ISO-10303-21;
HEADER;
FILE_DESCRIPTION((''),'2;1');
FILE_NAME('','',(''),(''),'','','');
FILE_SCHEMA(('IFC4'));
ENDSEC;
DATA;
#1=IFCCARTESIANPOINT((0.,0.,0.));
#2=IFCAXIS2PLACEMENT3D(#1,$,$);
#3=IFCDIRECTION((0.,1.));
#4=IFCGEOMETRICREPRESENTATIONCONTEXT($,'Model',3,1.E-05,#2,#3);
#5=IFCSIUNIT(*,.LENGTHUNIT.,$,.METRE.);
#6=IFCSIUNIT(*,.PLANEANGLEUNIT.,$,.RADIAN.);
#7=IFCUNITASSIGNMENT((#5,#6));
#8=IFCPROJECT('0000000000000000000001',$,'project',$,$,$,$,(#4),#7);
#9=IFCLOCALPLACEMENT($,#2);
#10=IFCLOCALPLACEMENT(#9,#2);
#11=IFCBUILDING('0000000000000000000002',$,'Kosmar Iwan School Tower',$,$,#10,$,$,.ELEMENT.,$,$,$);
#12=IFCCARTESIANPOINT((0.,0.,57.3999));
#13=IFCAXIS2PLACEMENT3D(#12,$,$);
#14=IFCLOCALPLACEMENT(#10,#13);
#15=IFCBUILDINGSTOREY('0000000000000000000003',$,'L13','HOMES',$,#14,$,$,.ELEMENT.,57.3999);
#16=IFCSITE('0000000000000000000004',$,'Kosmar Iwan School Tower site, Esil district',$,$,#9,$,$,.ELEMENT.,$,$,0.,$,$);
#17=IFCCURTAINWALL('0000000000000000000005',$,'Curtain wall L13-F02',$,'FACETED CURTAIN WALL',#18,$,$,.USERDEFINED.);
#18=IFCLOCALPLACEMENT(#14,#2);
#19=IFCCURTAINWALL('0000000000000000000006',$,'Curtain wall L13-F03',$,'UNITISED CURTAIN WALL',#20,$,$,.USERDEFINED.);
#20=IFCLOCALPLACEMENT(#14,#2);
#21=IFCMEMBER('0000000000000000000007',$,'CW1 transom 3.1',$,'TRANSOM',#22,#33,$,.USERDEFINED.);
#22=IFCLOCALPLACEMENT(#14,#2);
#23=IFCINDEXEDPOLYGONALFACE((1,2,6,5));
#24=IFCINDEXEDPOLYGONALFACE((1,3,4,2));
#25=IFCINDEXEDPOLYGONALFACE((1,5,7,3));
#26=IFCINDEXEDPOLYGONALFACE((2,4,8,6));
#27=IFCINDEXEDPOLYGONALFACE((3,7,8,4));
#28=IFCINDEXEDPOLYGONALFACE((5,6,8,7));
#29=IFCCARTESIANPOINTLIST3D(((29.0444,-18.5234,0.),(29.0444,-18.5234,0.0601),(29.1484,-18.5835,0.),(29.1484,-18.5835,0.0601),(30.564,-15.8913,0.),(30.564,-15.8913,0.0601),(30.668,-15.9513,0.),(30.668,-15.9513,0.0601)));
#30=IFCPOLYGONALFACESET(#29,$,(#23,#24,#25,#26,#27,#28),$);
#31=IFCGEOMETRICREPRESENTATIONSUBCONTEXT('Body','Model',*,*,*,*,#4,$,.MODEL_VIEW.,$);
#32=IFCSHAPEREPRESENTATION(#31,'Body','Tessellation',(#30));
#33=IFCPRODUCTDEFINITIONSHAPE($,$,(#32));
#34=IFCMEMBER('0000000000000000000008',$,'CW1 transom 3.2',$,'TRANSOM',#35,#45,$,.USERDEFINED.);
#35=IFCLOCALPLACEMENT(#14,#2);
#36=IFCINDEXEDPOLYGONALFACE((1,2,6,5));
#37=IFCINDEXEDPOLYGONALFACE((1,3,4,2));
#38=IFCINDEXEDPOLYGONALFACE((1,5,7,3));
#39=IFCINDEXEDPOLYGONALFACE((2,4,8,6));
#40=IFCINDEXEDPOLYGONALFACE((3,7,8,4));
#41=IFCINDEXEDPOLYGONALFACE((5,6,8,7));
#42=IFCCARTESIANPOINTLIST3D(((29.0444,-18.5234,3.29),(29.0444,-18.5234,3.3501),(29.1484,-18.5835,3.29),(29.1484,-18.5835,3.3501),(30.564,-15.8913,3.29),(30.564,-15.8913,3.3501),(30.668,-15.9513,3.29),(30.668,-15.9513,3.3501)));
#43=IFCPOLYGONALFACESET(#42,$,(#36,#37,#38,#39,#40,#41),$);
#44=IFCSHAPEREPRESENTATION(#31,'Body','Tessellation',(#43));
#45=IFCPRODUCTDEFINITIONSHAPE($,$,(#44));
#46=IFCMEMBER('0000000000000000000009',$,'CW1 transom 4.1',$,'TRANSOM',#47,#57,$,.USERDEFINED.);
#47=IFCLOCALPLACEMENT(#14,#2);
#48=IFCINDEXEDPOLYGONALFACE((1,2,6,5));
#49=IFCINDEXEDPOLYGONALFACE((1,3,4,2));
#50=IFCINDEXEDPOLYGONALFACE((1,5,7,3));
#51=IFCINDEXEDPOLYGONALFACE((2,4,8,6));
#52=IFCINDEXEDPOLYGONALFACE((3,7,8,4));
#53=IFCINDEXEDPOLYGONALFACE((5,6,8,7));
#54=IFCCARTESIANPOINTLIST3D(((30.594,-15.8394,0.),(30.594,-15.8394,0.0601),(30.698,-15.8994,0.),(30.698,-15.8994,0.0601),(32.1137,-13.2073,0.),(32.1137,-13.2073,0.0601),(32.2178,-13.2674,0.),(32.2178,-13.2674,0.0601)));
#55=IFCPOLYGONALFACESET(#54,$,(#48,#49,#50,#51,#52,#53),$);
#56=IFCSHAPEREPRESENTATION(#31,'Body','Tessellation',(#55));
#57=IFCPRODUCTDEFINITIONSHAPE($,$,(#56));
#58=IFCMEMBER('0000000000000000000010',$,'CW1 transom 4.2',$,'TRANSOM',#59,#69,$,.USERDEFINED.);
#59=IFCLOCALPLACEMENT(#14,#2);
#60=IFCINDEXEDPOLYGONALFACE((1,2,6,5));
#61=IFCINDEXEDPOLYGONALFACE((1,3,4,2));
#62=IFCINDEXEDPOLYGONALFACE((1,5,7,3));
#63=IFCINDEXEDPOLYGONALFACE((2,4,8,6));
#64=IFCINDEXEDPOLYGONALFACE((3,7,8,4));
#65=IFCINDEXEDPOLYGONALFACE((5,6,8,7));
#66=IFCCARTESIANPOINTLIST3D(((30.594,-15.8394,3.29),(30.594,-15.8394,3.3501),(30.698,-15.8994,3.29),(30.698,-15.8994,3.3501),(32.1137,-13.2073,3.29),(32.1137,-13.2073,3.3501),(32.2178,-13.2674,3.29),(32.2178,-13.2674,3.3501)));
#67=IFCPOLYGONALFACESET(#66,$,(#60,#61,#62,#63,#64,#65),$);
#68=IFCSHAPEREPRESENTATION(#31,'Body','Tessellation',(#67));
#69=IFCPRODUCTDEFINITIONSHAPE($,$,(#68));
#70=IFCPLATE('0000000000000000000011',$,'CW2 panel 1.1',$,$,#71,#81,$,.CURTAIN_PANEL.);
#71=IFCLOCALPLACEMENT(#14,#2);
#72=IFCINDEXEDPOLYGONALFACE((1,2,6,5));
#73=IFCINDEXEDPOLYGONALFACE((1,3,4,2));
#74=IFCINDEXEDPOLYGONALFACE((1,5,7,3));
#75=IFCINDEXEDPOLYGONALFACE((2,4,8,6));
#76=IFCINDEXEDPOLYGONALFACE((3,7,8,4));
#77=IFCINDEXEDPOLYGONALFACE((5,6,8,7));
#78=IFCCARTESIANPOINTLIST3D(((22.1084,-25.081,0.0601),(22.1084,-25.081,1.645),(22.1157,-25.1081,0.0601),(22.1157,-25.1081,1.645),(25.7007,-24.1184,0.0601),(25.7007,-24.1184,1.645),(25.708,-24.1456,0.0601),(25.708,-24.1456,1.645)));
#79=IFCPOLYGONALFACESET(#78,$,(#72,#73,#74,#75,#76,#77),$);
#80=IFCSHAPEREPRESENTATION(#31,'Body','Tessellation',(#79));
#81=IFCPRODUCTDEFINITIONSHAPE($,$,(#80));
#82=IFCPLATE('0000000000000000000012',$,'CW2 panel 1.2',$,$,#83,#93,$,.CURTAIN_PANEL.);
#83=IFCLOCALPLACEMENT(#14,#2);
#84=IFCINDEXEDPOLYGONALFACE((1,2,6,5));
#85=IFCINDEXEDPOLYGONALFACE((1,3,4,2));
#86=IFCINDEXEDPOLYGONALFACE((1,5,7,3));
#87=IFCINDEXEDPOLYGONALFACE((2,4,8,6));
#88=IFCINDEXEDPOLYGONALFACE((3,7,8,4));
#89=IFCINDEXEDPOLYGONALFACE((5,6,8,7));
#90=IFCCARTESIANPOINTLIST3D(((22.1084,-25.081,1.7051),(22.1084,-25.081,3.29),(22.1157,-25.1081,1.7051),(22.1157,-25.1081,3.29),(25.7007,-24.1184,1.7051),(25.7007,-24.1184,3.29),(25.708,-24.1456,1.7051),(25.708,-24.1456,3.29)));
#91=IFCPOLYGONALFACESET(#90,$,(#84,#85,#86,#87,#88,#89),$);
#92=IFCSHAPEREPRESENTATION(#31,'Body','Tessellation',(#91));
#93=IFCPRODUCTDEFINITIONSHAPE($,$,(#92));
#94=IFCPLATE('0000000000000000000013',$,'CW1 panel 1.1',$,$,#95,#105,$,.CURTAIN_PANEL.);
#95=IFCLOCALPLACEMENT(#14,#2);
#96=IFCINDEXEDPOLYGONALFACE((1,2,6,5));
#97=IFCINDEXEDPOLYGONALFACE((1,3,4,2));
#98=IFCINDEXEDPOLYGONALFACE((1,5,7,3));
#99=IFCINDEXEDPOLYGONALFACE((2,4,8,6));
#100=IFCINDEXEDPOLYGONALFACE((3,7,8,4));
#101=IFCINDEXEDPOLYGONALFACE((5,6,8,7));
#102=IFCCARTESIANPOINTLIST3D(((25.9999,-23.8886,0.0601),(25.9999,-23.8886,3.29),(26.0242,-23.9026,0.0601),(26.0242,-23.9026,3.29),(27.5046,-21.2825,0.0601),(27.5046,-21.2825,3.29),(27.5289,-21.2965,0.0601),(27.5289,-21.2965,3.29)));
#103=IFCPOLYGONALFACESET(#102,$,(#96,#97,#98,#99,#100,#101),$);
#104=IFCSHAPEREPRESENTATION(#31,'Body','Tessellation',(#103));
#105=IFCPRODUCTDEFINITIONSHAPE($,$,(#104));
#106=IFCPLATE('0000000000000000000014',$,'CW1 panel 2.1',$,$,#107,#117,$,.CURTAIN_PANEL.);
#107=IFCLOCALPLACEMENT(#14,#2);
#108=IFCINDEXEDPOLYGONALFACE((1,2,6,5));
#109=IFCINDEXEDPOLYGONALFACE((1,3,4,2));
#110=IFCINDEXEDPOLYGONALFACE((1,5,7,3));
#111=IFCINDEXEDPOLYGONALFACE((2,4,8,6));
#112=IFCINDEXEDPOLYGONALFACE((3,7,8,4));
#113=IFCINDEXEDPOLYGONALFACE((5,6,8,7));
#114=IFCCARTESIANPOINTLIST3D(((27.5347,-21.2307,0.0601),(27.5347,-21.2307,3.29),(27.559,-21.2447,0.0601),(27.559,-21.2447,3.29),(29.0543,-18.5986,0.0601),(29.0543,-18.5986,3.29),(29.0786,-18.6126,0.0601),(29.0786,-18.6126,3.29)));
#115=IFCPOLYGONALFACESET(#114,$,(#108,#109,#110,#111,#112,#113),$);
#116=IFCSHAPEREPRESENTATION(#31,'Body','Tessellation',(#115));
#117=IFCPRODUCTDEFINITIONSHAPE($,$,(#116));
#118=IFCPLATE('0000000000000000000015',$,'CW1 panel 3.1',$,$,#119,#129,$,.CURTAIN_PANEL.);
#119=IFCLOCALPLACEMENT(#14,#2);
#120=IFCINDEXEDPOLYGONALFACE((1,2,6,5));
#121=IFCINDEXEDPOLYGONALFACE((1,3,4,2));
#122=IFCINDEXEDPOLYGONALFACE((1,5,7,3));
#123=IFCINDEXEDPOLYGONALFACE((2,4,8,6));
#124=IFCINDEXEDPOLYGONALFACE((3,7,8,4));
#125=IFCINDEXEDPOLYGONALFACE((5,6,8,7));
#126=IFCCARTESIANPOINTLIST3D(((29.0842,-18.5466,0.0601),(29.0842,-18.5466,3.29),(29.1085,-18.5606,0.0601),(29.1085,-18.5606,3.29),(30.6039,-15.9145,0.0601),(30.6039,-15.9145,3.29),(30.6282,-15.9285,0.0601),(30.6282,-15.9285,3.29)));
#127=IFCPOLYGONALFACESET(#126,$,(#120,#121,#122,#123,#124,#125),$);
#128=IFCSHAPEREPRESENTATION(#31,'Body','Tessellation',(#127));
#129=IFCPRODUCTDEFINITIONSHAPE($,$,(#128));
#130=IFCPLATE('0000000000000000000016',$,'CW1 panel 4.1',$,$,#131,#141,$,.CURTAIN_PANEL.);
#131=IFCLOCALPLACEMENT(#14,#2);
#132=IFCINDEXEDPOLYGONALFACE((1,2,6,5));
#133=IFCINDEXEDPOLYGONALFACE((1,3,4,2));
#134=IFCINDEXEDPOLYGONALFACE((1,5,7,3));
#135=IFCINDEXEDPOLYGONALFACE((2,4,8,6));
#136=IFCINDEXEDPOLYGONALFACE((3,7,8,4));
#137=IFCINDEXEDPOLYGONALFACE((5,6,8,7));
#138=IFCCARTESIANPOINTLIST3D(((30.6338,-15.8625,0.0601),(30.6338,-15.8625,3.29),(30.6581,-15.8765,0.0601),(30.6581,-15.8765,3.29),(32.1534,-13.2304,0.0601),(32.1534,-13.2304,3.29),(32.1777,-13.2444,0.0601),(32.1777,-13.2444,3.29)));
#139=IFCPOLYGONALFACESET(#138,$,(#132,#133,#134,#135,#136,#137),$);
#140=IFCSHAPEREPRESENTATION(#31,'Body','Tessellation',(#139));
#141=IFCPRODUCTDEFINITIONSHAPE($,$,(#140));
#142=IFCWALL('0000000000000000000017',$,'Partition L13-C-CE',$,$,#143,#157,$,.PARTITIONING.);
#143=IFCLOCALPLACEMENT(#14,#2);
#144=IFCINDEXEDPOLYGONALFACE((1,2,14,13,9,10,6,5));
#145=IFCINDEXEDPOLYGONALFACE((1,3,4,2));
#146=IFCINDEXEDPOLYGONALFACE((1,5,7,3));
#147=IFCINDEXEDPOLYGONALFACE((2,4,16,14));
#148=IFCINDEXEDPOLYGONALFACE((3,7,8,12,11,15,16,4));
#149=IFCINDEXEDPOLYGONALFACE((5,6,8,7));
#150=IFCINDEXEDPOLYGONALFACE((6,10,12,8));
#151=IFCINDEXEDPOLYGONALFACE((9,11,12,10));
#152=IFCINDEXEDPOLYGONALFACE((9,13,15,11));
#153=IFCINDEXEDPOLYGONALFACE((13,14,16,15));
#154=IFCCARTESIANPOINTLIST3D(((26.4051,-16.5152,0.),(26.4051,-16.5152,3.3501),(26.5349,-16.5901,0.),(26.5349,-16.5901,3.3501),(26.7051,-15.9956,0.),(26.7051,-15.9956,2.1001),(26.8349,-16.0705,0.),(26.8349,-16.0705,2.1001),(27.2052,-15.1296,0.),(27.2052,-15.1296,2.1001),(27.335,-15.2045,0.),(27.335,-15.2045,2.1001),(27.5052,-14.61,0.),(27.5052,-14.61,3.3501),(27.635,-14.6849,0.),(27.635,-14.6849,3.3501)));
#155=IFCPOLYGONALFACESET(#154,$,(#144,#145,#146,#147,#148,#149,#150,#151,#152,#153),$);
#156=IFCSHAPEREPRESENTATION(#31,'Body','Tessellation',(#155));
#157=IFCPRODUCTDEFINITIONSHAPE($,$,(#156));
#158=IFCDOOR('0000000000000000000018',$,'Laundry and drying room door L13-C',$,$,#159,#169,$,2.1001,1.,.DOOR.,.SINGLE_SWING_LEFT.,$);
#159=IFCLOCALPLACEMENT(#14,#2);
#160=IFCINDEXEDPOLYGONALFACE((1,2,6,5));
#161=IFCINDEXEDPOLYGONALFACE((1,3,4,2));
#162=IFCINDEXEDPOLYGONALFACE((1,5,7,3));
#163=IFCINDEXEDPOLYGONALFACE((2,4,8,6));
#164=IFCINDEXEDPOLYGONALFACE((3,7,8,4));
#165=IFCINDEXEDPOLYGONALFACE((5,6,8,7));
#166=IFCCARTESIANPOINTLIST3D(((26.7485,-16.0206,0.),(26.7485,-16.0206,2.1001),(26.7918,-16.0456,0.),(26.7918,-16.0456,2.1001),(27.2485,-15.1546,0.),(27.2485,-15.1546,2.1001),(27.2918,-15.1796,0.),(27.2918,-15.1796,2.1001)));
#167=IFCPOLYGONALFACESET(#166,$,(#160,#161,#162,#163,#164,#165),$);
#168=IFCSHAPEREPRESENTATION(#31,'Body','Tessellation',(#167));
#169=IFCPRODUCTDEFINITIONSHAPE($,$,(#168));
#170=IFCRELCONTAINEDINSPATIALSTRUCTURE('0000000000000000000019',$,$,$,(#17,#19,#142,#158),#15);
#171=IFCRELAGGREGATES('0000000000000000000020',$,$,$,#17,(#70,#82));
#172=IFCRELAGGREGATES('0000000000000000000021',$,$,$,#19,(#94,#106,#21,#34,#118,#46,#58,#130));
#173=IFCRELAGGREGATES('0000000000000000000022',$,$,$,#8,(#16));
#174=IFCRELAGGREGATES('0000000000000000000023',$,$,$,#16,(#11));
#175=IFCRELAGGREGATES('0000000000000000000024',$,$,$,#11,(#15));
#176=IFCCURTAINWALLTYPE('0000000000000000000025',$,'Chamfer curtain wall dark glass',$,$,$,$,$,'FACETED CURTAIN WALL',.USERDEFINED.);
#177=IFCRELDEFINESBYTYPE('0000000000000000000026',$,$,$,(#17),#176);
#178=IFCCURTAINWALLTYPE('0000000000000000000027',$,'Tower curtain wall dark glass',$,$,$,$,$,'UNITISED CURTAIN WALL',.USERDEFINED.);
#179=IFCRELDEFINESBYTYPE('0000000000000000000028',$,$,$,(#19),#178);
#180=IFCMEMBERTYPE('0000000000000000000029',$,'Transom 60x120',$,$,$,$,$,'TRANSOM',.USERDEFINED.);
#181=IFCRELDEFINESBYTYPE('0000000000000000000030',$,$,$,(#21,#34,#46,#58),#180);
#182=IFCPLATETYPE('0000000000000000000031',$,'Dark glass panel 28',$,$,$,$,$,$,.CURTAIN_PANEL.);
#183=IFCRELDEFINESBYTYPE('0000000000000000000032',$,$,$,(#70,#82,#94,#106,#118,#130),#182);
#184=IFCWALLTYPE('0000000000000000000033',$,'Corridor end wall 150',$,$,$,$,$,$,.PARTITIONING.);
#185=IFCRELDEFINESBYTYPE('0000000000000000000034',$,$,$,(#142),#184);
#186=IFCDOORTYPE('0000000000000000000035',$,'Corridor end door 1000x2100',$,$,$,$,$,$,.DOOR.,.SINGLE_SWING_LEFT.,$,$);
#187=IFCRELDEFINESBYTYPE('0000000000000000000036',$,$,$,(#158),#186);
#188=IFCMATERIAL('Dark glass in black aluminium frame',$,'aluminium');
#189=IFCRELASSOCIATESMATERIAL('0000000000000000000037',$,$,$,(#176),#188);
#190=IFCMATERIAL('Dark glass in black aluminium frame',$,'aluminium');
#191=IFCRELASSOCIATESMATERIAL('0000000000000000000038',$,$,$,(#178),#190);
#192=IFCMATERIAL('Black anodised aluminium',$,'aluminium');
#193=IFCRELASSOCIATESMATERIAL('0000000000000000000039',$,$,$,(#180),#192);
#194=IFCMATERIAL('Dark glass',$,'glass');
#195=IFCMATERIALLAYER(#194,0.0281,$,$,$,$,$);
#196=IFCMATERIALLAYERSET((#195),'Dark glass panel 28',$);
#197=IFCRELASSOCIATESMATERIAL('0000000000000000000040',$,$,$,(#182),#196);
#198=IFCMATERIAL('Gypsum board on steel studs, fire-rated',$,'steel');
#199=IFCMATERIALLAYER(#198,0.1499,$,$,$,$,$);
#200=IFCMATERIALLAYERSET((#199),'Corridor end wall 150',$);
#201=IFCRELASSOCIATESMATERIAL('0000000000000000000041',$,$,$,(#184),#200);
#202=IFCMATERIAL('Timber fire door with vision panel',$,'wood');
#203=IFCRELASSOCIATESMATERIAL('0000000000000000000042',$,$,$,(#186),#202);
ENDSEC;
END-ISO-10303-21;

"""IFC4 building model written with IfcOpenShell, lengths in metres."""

from ifc_helpers import new_model, si_unit, direction, frame, frame_2d, origin, origin_2d, place, context, subcontext, project, spatial, rectangle, extrude, material, layer, layer_set, material_profile, profile_set, type_object, element, fill, aggregate, save


model = new_model("IFC4")

# Units and contexts
model_context = context("Model", 3, precision=1e-05, world=origin(), true_north=direction((0.0, 1.0)))
body_context = subcontext(model_context, "Body", "Model", "MODEL_VIEW")
ifc_project = project(units=[si_unit("LENGTHUNIT", "METRE"), si_unit("PLANEANGLEUNIT", "RADIAN")], contexts=[model_context])

# Site, building, storey
site_placement = place(None, origin())
site = spatial("IfcSite", under=ifc_project, at=site_placement, Name="Kosmar Iwan School Tower site, Esil district", CompositionType="ELEMENT", RefElevation=0.0)
building_placement = place(site_placement, origin())
building = spatial("IfcBuilding", under=site, at=building_placement, Name="Kosmar Iwan School Tower", CompositionType="ELEMENT")
storey_placement = place(building_placement, frame((0.0, 0.0, 57.3999)))
storey = spatial("IfcBuildingStorey", under=building, at=storey_placement, Name="L13", Description="HOMES", CompositionType="ELEMENT", Elevation=57.3999)

# Curtain wall
ifc_material_1 = material(Name="Dark glass in black aluminium frame", Category="aluminium")
curtain_wall_type_1 = type_object("IfcCurtainWallType", Name="Chamfer curtain wall dark glass", ElementType="FACETED CURTAIN WALL", PredefinedType="USERDEFINED", material=ifc_material_1)
curtain_wall_1_placement = place(storey_placement, origin())
curtain_wall_1 = element("IfcCurtainWall", 1, at=curtain_wall_1_placement, inside=storey, type_object=curtain_wall_type_1, Name="Curtain wall L13-F02", ObjectType="FACETED CURTAIN WALL", PredefinedType="USERDEFINED")

# Curtain wall
ifc_material_2 = material(Name="Dark glass in black aluminium frame", Category="aluminium")
curtain_wall_type_2 = type_object("IfcCurtainWallType", Name="Tower curtain wall dark glass", ElementType="UNITISED CURTAIN WALL", PredefinedType="USERDEFINED", material=ifc_material_2)
curtain_wall_2_placement = place(storey_placement, origin())
curtain_wall_2 = element("IfcCurtainWall", 2, at=curtain_wall_2_placement, inside=storey, type_object=curtain_wall_type_2, Name="Curtain wall L13-F03", ObjectType="UNITISED CURTAIN WALL", PredefinedType="USERDEFINED")

# Members
ifc_material_3 = material(Name="Black anodised aluminium", Category="aluminium")
ifc_material_profile_1 = material_profile(ifc_material_3, rectangle(XDim=0.1201, YDim=0.0601, at=origin_2d()), Name="TRANSOM 60x120")
ifc_profile_set_1 = profile_set([ifc_material_profile_1], Name="Black anodised aluminium")
member_type_1 = type_object("IfcMemberType", Name="Transom 60x120", ElementType="TRANSOM", PredefinedType="USERDEFINED", material=ifc_profile_set_1)
member_1_placement = place(storey_placement, frame((29.0964, -18.5535, 0.03), z_axis=(0.499975, 0.86604, 0.0), x_axis=(-0.86604, 0.499975, 0.0)))
member_1 = element("IfcMember", 3, at=member_1_placement, type_object=member_type_1, Name="CW1 transom 3.1", ObjectType="TRANSOM", PredefinedType="USERDEFINED", context=body_context, shape_type="SweptSolid", body=[
    extrude(rectangle(XDim=0.1201, YDim=0.0601, at=origin_2d()), origin(), (0.0, 0.0, 1.0), 3.0393),
])
member_2_placement = place(storey_placement, frame((29.0964, -18.5535, 3.3201), z_axis=(0.499975, 0.86604, 0.0), x_axis=(-0.86604, 0.499975, 0.0)))
member_2 = element("IfcMember", 4, at=member_2_placement, type_object=member_type_1, Name="CW1 transom 3.2", ObjectType="TRANSOM", PredefinedType="USERDEFINED", context=body_context, shape_type="SweptSolid", body=[
    extrude(rectangle(XDim=0.1201, YDim=0.0601, at=origin_2d()), origin(), (0.0, 0.0, 1.0), 3.0393),
])
member_3_placement = place(storey_placement, frame((30.646, -15.8694, 0.03), z_axis=(0.500035, 0.866005, 0.0), x_axis=(-0.866005, 0.500035, 0.0)))
member_3 = element("IfcMember", 5, at=member_3_placement, type_object=member_type_1, Name="CW1 transom 4.1", ObjectType="TRANSOM", PredefinedType="USERDEFINED", context=body_context, shape_type="SweptSolid", body=[
    extrude(rectangle(XDim=0.1201, YDim=0.0601, at=origin_2d()), origin(), (0.0, 0.0, 1.0), 3.0393),
])
member_4_placement = place(storey_placement, frame((30.646, -15.8694, 3.3201), z_axis=(0.500035, 0.866005, 0.0), x_axis=(-0.866005, 0.500035, 0.0)))
member_4 = element("IfcMember", 6, at=member_4_placement, type_object=member_type_1, Name="CW1 transom 4.2", ObjectType="TRANSOM", PredefinedType="USERDEFINED", context=body_context, shape_type="SweptSolid", body=[
    extrude(rectangle(XDim=0.1201, YDim=0.0601, at=origin_2d()), origin(), (0.0, 0.0, 1.0), 3.0393),
])

# Plates
ifc_material_4 = material(Name="Dark glass", Category="glass")
ifc_layer_1 = layer(ifc_material_4, 0.0281)
ifc_layer_set_1 = layer_set([ifc_layer_1], Name="Dark glass panel 28")
plate_type = type_object("IfcPlateType", Name="Dark glass panel 28", PredefinedType="CURTAIN_PANEL", material=ifc_layer_set_1)
plate_1_placement = place(storey_placement, frame((23.9082, -24.6133, 0.0601), z_axis=(0.0, 0.0, 1.0), x_axis=(0.965926, 0.258819, 0.0)))
plate_1 = element("IfcPlate", 7, at=plate_1_placement, type_object=plate_type, Name="CW2 panel 1.1", PredefinedType="CURTAIN_PANEL", context=body_context, shape_type="SweptSolid", body=[
    extrude(rectangle(XDim=3.719, YDim=0.0281, at=origin_2d()), origin(), (0.0, 0.0, 1.0), 1.585),
])
plate_2_placement = place(storey_placement, frame((23.9082, -24.6133, 1.7051), z_axis=(0.0, 0.0, 1.0), x_axis=(0.965926, 0.258819, 0.0)))
plate_2 = element("IfcPlate", 8, at=plate_2_placement, type_object=plate_type, Name="CW2 panel 1.2", PredefinedType="CURTAIN_PANEL", context=body_context, shape_type="SweptSolid", body=[
    extrude(rectangle(XDim=3.719, YDim=0.0281, at=origin_2d()), origin(), (0.0, 0.0, 1.0), 1.585),
])
aggregate(curtain_wall_1, [plate_1, plate_2])
plate_3_placement = place(storey_placement, frame((26.7644, -22.5925, 0.0601), z_axis=(0.0, 0.0, 1.0), x_axis=(0.5, 0.866025, 0.0)))
plate_3 = element("IfcPlate", 9, at=plate_3_placement, type_object=plate_type, Name="CW1 panel 1.1", PredefinedType="CURTAIN_PANEL", context=body_context, shape_type="SweptSolid", body=[
    extrude(rectangle(XDim=3.0093, YDim=0.0281, at=origin_2d()), origin(), (0.0, 0.0, 1.0), 3.23),
])
plate_4_placement = place(storey_placement, frame((28.3066, -19.9216, 0.0601), z_axis=(0.0, 0.0, 1.0), x_axis=(0.5, 0.866025, 0.0)))
plate_4 = element("IfcPlate", 10, at=plate_4_placement, type_object=plate_type, Name="CW1 panel 2.1", PredefinedType="CURTAIN_PANEL", context=body_context, shape_type="SweptSolid", body=[
    extrude(rectangle(XDim=3.0393, YDim=0.0281, at=origin_2d()), origin(), (0.0, 0.0, 1.0), 3.23),
])
plate_5_placement = place(storey_placement, frame((29.8562, -17.2375, 0.0601), z_axis=(0.0, 0.0, 1.0), x_axis=(0.5, 0.866025, 0.0)))
plate_5 = element("IfcPlate", 11, at=plate_5_placement, type_object=plate_type, Name="CW1 panel 3.1", PredefinedType="CURTAIN_PANEL", context=body_context, shape_type="SweptSolid", body=[
    extrude(rectangle(XDim=3.0393, YDim=0.0281, at=origin_2d()), origin(), (0.0, 0.0, 1.0), 3.23),
])
plate_6_placement = place(storey_placement, frame((31.4058, -14.5535, 0.0601), z_axis=(0.0, 0.0, 1.0), x_axis=(0.5, 0.866025, 0.0)))
plate_6 = element("IfcPlate", 12, at=plate_6_placement, type_object=plate_type, Name="CW1 panel 4.1", PredefinedType="CURTAIN_PANEL", context=body_context, shape_type="SweptSolid", body=[
    extrude(rectangle(XDim=3.0393, YDim=0.0281, at=origin_2d()), origin(), (0.0, 0.0, 1.0), 3.23),
])
aggregate(curtain_wall_2, [plate_3, plate_4, member_1, member_2, plate_5, member_3, member_4, plate_6])

# Wall, opening, door
ifc_material_5 = material(Name="Gypsum board on steel studs, fire-rated", Category="steel")
ifc_layer_2 = layer(ifc_material_5, 0.1499)
ifc_layer_set_2 = layer_set([ifc_layer_2], Name="Corridor end wall 150")
wall_type_1 = type_object("IfcWallType", Name="Corridor end wall 150", PredefinedType="PARTITIONING", material=ifc_layer_set_2)
wall_1_placement = place(storey_placement, frame((26.47, -16.5527, 0.0), z_axis=(0.0, 0.0, 1.0), x_axis=(0.50003, 0.866008, 0.0)))
wall_1 = element("IfcWall", 13, at=wall_1_placement, inside=storey, type_object=wall_type_1, Name="Partition L13-C-CE", PredefinedType="PARTITIONING", context=body_context, shape_type="SweptSolid", body=[
    extrude(rectangle(XDim=2.2, YDim=0.1499, at=frame_2d((1.1001, 0.0))), origin(), (0.0, 0.0, 1.0), 3.3501),
])
opening_1_placement = place(wall_1_placement, frame((0.6001, 0.0, 0.0)))
opening_1 = element("IfcOpeningElement", 14, at=opening_1_placement, cuts=wall_1, PredefinedType="OPENING", context=body_context, shape_type="SweptSolid", body=[
    extrude(rectangle(XDim=1.0, YDim=2.1001, at=frame_2d((0.5, 1.05))), frame((0.0, 0.0869, 0.0), z_axis=(0.0, -1.0, 0.0), x_axis=(1.0, 0.0, 0.0)), (0.0, 0.0, 1.0), 0.1738),
])
ifc_material_6 = material(Name="Timber fire door with vision panel", Category="wood")
door_type_1 = type_object("IfcDoorType", Name="Corridor end door 1000x2100", OperationType="SINGLE_SWING_LEFT", PredefinedType="DOOR", material=ifc_material_6)
door_1_placement = place(opening_1_placement, origin())
door_1 = element("IfcDoor", 15, at=door_1_placement, inside=storey, type_object=door_type_1, Name="Laundry and drying room door L13-C", OperationType="SINGLE_SWING_LEFT", OverallHeight=2.1001, OverallWidth=1.0, PredefinedType="DOOR", context=body_context, shape_type="SweptSolid", body=[
    extrude(rectangle(XDim=1.0, YDim=2.1001, at=frame_2d((0.5, 1.05))), frame((0.0, 0.0249, 0.0), z_axis=(0.0, -1.0, 0.0), x_axis=(1.0, 0.0, 0.0)), (0.0, 0.0, 1.0), 0.05),
])
fill(opening_1, door_1)

save(model, "model.ifc")
